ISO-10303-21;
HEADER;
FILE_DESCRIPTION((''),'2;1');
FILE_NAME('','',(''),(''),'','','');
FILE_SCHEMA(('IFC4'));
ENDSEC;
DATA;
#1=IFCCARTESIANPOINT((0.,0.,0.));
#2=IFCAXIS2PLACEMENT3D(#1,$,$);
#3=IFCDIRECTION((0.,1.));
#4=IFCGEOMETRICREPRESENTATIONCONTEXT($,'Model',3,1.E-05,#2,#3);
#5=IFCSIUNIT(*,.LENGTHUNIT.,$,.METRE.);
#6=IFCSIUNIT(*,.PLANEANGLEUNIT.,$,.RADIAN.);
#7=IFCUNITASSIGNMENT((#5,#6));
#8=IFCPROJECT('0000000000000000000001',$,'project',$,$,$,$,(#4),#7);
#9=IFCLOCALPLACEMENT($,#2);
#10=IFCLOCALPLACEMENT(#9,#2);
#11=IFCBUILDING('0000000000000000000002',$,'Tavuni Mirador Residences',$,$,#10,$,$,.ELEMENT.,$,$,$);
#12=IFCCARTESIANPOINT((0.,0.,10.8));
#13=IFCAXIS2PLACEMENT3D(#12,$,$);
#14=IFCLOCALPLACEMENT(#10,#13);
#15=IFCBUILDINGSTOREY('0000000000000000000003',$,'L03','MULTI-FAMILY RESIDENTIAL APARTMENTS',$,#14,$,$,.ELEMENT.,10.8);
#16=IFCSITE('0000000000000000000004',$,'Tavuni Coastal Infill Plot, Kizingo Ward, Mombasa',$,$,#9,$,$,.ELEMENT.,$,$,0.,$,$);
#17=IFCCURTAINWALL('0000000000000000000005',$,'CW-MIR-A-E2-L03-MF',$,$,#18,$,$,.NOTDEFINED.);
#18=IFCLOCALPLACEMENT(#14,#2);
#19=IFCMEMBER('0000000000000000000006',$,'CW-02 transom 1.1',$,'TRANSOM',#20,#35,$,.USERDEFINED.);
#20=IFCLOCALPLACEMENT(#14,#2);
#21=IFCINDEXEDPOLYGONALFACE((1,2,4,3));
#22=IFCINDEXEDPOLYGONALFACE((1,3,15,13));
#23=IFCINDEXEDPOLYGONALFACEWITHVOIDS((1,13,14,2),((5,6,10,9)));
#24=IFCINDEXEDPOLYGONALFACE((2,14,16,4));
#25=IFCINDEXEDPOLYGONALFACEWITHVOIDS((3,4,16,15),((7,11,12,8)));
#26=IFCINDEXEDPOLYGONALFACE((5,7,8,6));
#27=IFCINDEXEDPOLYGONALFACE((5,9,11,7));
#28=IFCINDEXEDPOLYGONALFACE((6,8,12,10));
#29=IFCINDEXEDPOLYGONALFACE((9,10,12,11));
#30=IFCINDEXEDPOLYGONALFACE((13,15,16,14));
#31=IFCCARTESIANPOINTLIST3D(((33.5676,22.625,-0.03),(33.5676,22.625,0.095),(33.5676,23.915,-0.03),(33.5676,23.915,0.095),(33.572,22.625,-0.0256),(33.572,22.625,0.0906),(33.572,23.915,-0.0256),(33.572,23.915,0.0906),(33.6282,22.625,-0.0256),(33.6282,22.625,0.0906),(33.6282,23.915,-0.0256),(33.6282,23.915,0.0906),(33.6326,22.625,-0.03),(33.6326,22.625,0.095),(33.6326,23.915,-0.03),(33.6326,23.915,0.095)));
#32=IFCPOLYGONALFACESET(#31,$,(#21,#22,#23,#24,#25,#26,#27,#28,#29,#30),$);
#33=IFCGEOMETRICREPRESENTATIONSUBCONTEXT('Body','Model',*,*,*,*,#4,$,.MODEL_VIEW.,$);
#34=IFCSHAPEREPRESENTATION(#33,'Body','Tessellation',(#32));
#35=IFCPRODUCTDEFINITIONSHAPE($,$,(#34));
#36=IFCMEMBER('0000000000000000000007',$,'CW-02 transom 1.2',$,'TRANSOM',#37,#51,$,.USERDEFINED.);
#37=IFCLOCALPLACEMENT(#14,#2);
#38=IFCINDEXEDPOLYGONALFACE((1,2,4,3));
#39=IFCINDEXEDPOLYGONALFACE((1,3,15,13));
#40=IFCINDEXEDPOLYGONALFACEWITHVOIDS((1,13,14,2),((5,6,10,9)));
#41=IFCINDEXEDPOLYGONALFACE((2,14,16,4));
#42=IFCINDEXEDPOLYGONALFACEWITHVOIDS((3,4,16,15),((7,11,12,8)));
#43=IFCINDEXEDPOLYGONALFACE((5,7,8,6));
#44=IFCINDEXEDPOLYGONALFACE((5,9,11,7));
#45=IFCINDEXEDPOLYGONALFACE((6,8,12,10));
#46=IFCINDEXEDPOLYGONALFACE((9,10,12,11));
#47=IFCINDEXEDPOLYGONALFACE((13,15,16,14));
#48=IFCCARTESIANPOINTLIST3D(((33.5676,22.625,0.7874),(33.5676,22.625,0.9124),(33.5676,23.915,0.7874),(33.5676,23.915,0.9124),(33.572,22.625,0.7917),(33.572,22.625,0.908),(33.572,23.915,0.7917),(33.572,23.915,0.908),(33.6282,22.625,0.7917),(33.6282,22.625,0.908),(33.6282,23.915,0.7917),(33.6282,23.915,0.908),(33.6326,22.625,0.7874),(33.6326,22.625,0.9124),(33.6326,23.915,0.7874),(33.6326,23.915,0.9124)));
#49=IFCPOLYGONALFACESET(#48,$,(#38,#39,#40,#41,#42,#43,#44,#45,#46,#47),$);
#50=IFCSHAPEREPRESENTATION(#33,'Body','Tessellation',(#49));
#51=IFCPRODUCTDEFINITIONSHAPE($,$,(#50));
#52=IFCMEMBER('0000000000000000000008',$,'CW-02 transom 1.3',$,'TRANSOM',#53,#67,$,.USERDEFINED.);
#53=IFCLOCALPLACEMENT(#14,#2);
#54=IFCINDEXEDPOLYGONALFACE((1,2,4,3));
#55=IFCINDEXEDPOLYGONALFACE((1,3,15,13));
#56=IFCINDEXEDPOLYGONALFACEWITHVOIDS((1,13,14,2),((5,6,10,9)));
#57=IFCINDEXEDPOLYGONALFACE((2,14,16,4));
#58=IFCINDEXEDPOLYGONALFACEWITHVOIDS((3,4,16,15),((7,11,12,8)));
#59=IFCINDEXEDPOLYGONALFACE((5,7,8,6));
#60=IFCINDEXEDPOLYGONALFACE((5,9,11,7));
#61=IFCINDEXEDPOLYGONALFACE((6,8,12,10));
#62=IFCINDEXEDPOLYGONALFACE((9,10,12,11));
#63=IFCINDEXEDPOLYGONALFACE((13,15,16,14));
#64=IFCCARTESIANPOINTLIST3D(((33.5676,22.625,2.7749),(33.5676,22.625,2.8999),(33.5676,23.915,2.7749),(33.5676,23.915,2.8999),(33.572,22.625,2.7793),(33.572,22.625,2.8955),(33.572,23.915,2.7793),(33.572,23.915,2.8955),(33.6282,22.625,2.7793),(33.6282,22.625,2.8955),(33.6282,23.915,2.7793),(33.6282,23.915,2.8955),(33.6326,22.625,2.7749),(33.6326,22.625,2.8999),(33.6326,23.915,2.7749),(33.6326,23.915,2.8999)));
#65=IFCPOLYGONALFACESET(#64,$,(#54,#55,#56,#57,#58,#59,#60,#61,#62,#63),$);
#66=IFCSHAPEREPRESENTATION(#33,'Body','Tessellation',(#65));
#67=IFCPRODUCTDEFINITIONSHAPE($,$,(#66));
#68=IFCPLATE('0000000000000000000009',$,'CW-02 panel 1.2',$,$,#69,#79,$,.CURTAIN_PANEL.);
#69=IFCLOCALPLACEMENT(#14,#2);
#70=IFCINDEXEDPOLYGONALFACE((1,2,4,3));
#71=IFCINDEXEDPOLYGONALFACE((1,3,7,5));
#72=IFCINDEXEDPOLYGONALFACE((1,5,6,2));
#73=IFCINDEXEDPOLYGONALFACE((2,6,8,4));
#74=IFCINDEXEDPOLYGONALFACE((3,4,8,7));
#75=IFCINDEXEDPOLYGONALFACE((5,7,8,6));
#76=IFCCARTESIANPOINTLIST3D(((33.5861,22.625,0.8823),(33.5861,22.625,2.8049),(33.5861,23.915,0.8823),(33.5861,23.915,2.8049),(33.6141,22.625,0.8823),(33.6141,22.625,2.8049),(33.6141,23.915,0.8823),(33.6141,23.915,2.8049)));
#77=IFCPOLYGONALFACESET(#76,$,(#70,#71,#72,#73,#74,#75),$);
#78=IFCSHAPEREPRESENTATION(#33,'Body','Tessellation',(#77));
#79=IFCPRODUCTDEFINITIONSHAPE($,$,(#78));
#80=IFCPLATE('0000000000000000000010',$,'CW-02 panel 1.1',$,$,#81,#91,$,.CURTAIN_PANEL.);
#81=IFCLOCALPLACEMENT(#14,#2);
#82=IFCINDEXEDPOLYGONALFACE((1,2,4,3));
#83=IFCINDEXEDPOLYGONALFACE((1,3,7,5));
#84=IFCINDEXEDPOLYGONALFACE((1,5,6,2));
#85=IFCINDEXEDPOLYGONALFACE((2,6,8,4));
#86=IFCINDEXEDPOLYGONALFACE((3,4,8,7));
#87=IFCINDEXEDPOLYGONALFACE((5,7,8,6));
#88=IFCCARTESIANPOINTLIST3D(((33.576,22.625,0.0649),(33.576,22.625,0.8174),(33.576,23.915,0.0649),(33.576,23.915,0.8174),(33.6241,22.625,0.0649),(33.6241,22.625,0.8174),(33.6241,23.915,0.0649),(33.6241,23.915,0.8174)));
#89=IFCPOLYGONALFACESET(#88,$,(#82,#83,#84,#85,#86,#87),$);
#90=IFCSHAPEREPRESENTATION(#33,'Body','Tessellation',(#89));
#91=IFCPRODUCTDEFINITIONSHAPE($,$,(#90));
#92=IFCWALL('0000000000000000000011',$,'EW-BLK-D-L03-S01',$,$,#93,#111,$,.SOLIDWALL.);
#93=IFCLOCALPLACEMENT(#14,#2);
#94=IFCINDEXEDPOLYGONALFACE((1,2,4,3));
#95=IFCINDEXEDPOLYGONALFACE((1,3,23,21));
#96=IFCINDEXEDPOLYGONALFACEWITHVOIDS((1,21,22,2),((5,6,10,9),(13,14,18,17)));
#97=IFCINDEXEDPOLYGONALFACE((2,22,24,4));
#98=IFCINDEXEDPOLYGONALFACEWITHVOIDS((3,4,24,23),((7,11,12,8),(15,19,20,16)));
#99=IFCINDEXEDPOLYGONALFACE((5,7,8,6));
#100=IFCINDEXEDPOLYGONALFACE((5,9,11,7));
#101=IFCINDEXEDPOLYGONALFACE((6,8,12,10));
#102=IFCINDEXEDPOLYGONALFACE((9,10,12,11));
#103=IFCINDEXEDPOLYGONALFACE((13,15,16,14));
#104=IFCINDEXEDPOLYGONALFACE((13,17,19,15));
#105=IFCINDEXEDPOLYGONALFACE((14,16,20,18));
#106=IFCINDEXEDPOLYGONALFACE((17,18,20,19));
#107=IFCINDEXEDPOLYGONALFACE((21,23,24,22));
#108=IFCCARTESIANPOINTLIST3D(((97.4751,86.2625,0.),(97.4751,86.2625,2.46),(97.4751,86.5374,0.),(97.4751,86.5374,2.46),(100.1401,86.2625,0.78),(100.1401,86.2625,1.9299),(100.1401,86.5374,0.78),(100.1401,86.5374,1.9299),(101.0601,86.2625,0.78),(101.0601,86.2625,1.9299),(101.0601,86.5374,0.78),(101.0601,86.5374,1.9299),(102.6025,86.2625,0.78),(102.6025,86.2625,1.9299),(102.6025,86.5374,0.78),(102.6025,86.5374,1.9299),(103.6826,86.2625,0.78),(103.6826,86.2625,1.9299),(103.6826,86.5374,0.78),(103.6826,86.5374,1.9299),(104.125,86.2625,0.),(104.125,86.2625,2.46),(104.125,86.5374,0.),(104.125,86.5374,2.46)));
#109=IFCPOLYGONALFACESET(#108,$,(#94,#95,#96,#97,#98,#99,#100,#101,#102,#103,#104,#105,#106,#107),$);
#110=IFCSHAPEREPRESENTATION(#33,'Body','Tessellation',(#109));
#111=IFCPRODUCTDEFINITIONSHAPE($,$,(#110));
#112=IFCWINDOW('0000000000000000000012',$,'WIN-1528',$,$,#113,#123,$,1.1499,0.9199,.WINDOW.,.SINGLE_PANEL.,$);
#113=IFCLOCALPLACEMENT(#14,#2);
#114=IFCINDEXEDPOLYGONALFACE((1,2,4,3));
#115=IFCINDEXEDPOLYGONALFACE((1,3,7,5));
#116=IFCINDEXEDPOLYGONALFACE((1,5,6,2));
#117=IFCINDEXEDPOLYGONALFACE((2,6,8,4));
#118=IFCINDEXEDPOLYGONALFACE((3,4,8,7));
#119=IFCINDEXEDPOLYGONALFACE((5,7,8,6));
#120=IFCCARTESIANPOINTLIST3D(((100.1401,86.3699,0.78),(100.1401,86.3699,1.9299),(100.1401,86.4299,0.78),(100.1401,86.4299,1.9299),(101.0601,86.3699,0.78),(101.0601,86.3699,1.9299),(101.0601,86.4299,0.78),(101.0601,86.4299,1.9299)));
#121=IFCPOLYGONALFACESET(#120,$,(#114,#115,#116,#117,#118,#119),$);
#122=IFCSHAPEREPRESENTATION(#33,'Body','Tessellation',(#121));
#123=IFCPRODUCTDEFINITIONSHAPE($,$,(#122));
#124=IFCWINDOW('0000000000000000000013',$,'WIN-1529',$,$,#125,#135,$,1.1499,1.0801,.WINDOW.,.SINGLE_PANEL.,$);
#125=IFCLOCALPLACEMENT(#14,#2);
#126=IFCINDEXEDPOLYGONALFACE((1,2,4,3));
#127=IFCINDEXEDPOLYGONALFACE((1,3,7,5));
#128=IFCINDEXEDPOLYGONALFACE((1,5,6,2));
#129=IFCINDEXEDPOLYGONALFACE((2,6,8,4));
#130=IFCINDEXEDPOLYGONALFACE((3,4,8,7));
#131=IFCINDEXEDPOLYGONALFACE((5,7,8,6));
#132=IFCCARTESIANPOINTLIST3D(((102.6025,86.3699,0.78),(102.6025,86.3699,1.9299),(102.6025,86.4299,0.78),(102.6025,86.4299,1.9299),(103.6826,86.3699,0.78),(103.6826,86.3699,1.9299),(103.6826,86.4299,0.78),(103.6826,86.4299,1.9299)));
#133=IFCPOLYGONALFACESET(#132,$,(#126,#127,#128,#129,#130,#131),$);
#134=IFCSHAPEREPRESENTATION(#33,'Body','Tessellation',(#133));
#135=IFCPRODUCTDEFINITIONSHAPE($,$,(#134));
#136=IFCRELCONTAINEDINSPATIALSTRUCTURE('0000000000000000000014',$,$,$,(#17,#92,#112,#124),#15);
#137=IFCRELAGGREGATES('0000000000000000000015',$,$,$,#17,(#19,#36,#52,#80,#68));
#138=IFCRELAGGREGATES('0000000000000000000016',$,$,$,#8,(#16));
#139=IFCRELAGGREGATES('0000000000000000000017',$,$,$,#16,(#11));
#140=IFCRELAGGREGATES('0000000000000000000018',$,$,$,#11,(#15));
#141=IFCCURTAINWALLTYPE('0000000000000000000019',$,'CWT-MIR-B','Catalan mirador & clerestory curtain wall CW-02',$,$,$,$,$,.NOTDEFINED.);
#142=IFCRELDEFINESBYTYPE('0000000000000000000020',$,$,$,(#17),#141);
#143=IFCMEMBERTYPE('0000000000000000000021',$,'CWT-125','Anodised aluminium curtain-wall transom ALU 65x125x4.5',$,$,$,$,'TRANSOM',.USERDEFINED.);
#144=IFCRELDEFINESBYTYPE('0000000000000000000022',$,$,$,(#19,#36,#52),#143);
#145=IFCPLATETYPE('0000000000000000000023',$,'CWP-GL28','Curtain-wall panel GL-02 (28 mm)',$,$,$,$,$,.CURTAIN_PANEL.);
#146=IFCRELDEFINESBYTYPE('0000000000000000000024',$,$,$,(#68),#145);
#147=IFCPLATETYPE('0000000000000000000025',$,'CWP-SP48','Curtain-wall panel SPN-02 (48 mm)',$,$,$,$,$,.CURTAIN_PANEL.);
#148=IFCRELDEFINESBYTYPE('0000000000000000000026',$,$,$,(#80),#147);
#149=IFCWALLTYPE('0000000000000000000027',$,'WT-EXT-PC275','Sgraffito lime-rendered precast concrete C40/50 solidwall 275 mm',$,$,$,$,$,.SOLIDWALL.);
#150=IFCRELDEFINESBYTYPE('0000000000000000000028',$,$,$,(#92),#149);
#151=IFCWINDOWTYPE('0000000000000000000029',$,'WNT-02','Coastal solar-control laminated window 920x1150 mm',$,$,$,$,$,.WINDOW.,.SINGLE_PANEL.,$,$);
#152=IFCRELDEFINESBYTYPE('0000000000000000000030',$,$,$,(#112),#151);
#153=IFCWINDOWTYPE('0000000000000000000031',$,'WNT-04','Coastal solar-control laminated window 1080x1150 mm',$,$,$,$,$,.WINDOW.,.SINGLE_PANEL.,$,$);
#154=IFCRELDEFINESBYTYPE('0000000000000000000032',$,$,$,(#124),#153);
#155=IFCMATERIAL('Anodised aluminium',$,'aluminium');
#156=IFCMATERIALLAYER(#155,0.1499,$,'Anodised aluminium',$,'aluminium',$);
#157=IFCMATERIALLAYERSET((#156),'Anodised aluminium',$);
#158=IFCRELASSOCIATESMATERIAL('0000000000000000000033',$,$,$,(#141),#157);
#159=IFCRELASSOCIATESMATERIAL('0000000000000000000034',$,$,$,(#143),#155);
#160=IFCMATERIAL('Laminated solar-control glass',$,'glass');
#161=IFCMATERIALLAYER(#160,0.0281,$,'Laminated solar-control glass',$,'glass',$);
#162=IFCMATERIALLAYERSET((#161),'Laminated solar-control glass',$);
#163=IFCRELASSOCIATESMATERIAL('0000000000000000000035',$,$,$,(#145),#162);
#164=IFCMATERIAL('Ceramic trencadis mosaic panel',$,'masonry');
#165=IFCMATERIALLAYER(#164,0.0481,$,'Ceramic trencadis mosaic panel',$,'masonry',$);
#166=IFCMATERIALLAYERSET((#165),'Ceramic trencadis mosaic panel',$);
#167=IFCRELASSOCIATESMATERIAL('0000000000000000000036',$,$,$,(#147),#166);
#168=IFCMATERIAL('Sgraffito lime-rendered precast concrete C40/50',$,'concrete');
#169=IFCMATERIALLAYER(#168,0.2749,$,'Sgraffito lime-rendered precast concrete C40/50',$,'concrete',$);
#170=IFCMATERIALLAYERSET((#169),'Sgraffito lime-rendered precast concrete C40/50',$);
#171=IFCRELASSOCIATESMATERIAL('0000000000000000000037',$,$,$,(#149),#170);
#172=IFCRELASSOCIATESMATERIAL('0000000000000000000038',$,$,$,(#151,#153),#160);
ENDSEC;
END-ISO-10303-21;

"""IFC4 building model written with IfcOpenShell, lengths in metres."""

from ifc_helpers import new_model, si_unit, direction, frame, frame_2d, origin, origin_2d, place, context, subcontext, project, spatial, rectangle, hollow_rectangle, extrude, material, layer, layer_set, material_profile, profile_set, type_object, element, fill, aggregate, save


model = new_model("IFC4")

# Units and contexts
model_context = context("Model", 3, precision=1e-05, world=origin(), true_north=direction((0.0, 1.0)))
body_context = subcontext(model_context, "Body", "Model", "MODEL_VIEW")
ifc_project = project(units=[si_unit("LENGTHUNIT", "METRE"), si_unit("PLANEANGLEUNIT", "RADIAN")], contexts=[model_context])

# Site, building, storey
site_placement = place(None, origin())
site = spatial("IfcSite", under=ifc_project, at=site_placement, Name="Tavuni Coastal Infill Plot, Kizingo Ward, Mombasa", CompositionType="ELEMENT", RefElevation=0.0)
building_placement = place(site_placement, origin())
building = spatial("IfcBuilding", under=site, at=building_placement, Name="Tavuni Mirador Residences", CompositionType="ELEMENT")
storey_placement = place(building_placement, frame((0.0, 0.0, 10.8)))
storey = spatial("IfcBuildingStorey", under=building, at=storey_placement, Name="L03", Description="MULTI-FAMILY RESIDENTIAL APARTMENTS", CompositionType="ELEMENT", Elevation=10.8)

# Curtain wall
ifc_material_1 = material(Name="Anodised aluminium", Category="aluminium")
ifc_layer_1 = layer(ifc_material_1, 0.1499, Name="Anodised aluminium", Category="aluminium")
ifc_layer_set_1 = layer_set([ifc_layer_1], Name="Anodised aluminium")
curtain_wall_type_1 = type_object("IfcCurtainWallType", Name="CWT-MIR-B", Description="Catalan mirador & clerestory curtain wall CW-02", PredefinedType="NOTDEFINED", material=ifc_layer_set_1)
curtain_wall_1_placement = place(storey_placement, origin())
curtain_wall_1 = element("IfcCurtainWall", 1, at=curtain_wall_1_placement, inside=storey, type_object=curtain_wall_type_1, Name="CW-MIR-A-E2-L03-MF", PredefinedType="NOTDEFINED")

# Members
ifc_material_profile_1 = material_profile(ifc_material_1, hollow_rectangle(XDim=0.0649, YDim=0.125, WallThickness=0.0044, at=origin_2d()), Name="ALU 65x125x4.5", Category="aluminium")
ifc_profile_set_1 = profile_set([ifc_material_profile_1], Name="Anodised aluminium")
member_type_1 = type_object("IfcMemberType", Name="CWT-125", Description="Anodised aluminium curtain-wall transom ALU 65x125x4.5", ElementType="TRANSOM", PredefinedType="USERDEFINED", material=ifc_profile_set_1)
member_1_placement = place(storey_placement, frame((33.6001, 22.625, 0.0325), z_axis=(0.0, 1.0, 0.0), x_axis=(-1.0, 0.0, 0.0)))
member_1 = element("IfcMember", 2, at=member_1_placement, type_object=member_type_1, Name="CW-02 transom 1.1", ObjectType="TRANSOM", PredefinedType="USERDEFINED", context=body_context, shape_type="SweptSolid", body=[
    extrude(hollow_rectangle(XDim=0.0649, YDim=0.125, WallThickness=0.0044, at=origin_2d()), origin(), (0.0, 0.0, 1.0), 1.29),
])
member_2_placement = place(storey_placement, frame((33.6001, 22.625, 0.8499), z_axis=(0.0, 1.0, 0.0), x_axis=(-1.0, 0.0, 0.0)))
member_2 = element("IfcMember", 3, at=member_2_placement, type_object=member_type_1, Name="CW-02 transom 1.2", ObjectType="TRANSOM", PredefinedType="USERDEFINED", context=body_context, shape_type="SweptSolid", body=[
    extrude(hollow_rectangle(XDim=0.0649, YDim=0.125, WallThickness=0.0044, at=origin_2d()), origin(), (0.0, 0.0, 1.0), 1.29),
])
member_3_placement = place(storey_placement, frame((33.6001, 22.625, 2.8374), z_axis=(0.0, 1.0, 0.0), x_axis=(-1.0, 0.0, 0.0)))
member_3 = element("IfcMember", 4, at=member_3_placement, type_object=member_type_1, Name="CW-02 transom 1.3", ObjectType="TRANSOM", PredefinedType="USERDEFINED", context=body_context, shape_type="SweptSolid", body=[
    extrude(hollow_rectangle(XDim=0.0649, YDim=0.125, WallThickness=0.0044, at=origin_2d()), origin(), (0.0, 0.0, 1.0), 1.29),
])

# Plates
ifc_material_2 = material(Name="Laminated solar-control glass", Category="glass")
ifc_layer_2 = layer(ifc_material_2, 0.0281, Name="Laminated solar-control glass", Category="glass")
ifc_layer_set_2 = layer_set([ifc_layer_2], Name="Laminated solar-control glass")
plate_type_1 = type_object("IfcPlateType", Name="CWP-GL28", Description="Curtain-wall panel GL-02 (28 mm)", PredefinedType="CURTAIN_PANEL", material=ifc_layer_set_2)
plate_1_placement = place(storey_placement, frame((33.6001, 23.27, 0.8823), z_axis=(0.0, 0.0, 1.0), x_axis=(0.0, 1.0, 0.0)))
plate_1 = element("IfcPlate", 5, at=plate_1_placement, type_object=plate_type_1, Name="CW-02 panel 1.2", PredefinedType="CURTAIN_PANEL", context=body_context, shape_type="SweptSolid", body=[
    extrude(rectangle(XDim=1.29, YDim=0.0281, at=origin_2d()), origin(), (0.0, 0.0, 1.0), 1.9226),
])
ifc_material_3 = material(Name="Ceramic trencadis mosaic panel", Category="masonry")
ifc_layer_3 = layer(ifc_material_3, 0.0481, Name="Ceramic trencadis mosaic panel", Category="masonry")
ifc_layer_set_3 = layer_set([ifc_layer_3], Name="Ceramic trencadis mosaic panel")
plate_type_2 = type_object("IfcPlateType", Name="CWP-SP48", Description="Curtain-wall panel SPN-02 (48 mm)", PredefinedType="CURTAIN_PANEL", material=ifc_layer_set_3)
plate_2_placement = place(storey_placement, frame((33.6001, 23.27, 0.0649), z_axis=(0.0, 0.0, 1.0), x_axis=(0.0, 1.0, 0.0)))
plate_2 = element("IfcPlate", 6, at=plate_2_placement, type_object=plate_type_2, Name="CW-02 panel 1.1", PredefinedType="CURTAIN_PANEL", context=body_context, shape_type="SweptSolid", body=[
    extrude(rectangle(XDim=1.29, YDim=0.0481, at=origin_2d()), origin(), (0.0, 0.0, 1.0), 0.7524),
])
aggregate(curtain_wall_1, [member_1, member_2, member_3, plate_2, plate_1])

# Wall, openings, windows
ifc_material_4 = material(Name="Sgraffito lime-rendered precast concrete C40/50", Category="concrete")
ifc_layer_4 = layer(ifc_material_4, 0.2749, Name="Sgraffito lime-rendered precast concrete C40/50", Category="concrete")
ifc_layer_set_4 = layer_set([ifc_layer_4], Name="Sgraffito lime-rendered precast concrete C40/50")
wall_type_1 = type_object("IfcWallType", Name="WT-EXT-PC275", Description="Sgraffito lime-rendered precast concrete C40/50 solidwall 275 mm", PredefinedType="SOLIDWALL", material=ifc_layer_set_4)
wall_1_placement = place(storey_placement, frame((97.4751, 86.3999, 0.0), z_axis=(0.0, 0.0, 1.0), x_axis=(1.0, 0.0, 0.0)))
wall_1 = element("IfcWall", 7, at=wall_1_placement, inside=storey, type_object=wall_type_1, Name="EW-BLK-D-L03-S01", PredefinedType="SOLIDWALL", context=body_context, shape_type="SweptSolid", body=[
    extrude(rectangle(XDim=6.6499, YDim=0.2749, at=frame_2d((3.325, 0.0))), origin(), (0.0, 0.0, 1.0), 2.46),
])
opening_1_placement = place(wall_1_placement, frame((2.665, 0.0, 0.78)))
opening_1 = element("IfcOpeningElement", 8, at=opening_1_placement, cuts=wall_1, PredefinedType="OPENING", context=body_context, shape_type="SweptSolid", body=[
    extrude(rectangle(XDim=0.9199, YDim=1.1499, at=frame_2d((0.46, 0.575))), frame((0.0, 0.1475, 0.0), z_axis=(0.0, -1.0, 0.0), x_axis=(1.0, 0.0, 0.0)), (0.0, 0.0, 1.0), 0.2949),
])
opening_2_placement = place(wall_1_placement, frame((5.1274, 0.0, 0.78)))
opening_2 = element("IfcOpeningElement", 9, at=opening_2_placement, cuts=wall_1, PredefinedType="OPENING", context=body_context, shape_type="SweptSolid", body=[
    extrude(rectangle(XDim=1.0801, YDim=1.1499, at=frame_2d((0.54, 0.575))), frame((0.0, 0.1475, 0.0), z_axis=(0.0, -1.0, 0.0), x_axis=(1.0, 0.0, 0.0)), (0.0, 0.0, 1.0), 0.2949),
])
window_type_1 = type_object("IfcWindowType", Name="WNT-02", Description="Coastal solar-control laminated window 920x1150 mm", PartitioningType="SINGLE_PANEL", PredefinedType="WINDOW", material=ifc_material_2)
window_1_placement = place(opening_1_placement, origin())
window_1 = element("IfcWindow", 10, at=window_1_placement, inside=storey, type_object=window_type_1, Name="WIN-1528", OverallHeight=1.1499, OverallWidth=0.9199, PartitioningType="SINGLE_PANEL", PredefinedType="WINDOW", context=body_context, shape_type="SweptSolid", body=[
    extrude(rectangle(XDim=0.9199, YDim=1.1499, at=frame_2d((0.46, 0.575))), frame((0.0, 0.03, 0.0), z_axis=(0.0, -1.0, 0.0), x_axis=(1.0, 0.0, 0.0)), (0.0, 0.0, 1.0), 0.0601),
])
fill(opening_1, window_1)
window_type_2 = type_object("IfcWindowType", Name="WNT-04", Description="Coastal solar-control laminated window 1080x1150 mm", PartitioningType="SINGLE_PANEL", PredefinedType="WINDOW", material=ifc_material_2)
window_2_placement = place(opening_2_placement, origin())
window_2 = element("IfcWindow", 11, at=window_2_placement, inside=storey, type_object=window_type_2, Name="WIN-1529", OverallHeight=1.1499, OverallWidth=1.0801, PartitioningType="SINGLE_PANEL", PredefinedType="WINDOW", context=body_context, shape_type="SweptSolid", body=[
    extrude(rectangle(XDim=1.0801, YDim=1.1499, at=frame_2d((0.54, 0.575))), frame((0.0, 0.03, 0.0), z_axis=(0.0, -1.0, 0.0), x_axis=(1.0, 0.0, 0.0)), (0.0, 0.0, 1.0), 0.0601),
])
fill(opening_2, window_2)

save(model, "model.ifc")
